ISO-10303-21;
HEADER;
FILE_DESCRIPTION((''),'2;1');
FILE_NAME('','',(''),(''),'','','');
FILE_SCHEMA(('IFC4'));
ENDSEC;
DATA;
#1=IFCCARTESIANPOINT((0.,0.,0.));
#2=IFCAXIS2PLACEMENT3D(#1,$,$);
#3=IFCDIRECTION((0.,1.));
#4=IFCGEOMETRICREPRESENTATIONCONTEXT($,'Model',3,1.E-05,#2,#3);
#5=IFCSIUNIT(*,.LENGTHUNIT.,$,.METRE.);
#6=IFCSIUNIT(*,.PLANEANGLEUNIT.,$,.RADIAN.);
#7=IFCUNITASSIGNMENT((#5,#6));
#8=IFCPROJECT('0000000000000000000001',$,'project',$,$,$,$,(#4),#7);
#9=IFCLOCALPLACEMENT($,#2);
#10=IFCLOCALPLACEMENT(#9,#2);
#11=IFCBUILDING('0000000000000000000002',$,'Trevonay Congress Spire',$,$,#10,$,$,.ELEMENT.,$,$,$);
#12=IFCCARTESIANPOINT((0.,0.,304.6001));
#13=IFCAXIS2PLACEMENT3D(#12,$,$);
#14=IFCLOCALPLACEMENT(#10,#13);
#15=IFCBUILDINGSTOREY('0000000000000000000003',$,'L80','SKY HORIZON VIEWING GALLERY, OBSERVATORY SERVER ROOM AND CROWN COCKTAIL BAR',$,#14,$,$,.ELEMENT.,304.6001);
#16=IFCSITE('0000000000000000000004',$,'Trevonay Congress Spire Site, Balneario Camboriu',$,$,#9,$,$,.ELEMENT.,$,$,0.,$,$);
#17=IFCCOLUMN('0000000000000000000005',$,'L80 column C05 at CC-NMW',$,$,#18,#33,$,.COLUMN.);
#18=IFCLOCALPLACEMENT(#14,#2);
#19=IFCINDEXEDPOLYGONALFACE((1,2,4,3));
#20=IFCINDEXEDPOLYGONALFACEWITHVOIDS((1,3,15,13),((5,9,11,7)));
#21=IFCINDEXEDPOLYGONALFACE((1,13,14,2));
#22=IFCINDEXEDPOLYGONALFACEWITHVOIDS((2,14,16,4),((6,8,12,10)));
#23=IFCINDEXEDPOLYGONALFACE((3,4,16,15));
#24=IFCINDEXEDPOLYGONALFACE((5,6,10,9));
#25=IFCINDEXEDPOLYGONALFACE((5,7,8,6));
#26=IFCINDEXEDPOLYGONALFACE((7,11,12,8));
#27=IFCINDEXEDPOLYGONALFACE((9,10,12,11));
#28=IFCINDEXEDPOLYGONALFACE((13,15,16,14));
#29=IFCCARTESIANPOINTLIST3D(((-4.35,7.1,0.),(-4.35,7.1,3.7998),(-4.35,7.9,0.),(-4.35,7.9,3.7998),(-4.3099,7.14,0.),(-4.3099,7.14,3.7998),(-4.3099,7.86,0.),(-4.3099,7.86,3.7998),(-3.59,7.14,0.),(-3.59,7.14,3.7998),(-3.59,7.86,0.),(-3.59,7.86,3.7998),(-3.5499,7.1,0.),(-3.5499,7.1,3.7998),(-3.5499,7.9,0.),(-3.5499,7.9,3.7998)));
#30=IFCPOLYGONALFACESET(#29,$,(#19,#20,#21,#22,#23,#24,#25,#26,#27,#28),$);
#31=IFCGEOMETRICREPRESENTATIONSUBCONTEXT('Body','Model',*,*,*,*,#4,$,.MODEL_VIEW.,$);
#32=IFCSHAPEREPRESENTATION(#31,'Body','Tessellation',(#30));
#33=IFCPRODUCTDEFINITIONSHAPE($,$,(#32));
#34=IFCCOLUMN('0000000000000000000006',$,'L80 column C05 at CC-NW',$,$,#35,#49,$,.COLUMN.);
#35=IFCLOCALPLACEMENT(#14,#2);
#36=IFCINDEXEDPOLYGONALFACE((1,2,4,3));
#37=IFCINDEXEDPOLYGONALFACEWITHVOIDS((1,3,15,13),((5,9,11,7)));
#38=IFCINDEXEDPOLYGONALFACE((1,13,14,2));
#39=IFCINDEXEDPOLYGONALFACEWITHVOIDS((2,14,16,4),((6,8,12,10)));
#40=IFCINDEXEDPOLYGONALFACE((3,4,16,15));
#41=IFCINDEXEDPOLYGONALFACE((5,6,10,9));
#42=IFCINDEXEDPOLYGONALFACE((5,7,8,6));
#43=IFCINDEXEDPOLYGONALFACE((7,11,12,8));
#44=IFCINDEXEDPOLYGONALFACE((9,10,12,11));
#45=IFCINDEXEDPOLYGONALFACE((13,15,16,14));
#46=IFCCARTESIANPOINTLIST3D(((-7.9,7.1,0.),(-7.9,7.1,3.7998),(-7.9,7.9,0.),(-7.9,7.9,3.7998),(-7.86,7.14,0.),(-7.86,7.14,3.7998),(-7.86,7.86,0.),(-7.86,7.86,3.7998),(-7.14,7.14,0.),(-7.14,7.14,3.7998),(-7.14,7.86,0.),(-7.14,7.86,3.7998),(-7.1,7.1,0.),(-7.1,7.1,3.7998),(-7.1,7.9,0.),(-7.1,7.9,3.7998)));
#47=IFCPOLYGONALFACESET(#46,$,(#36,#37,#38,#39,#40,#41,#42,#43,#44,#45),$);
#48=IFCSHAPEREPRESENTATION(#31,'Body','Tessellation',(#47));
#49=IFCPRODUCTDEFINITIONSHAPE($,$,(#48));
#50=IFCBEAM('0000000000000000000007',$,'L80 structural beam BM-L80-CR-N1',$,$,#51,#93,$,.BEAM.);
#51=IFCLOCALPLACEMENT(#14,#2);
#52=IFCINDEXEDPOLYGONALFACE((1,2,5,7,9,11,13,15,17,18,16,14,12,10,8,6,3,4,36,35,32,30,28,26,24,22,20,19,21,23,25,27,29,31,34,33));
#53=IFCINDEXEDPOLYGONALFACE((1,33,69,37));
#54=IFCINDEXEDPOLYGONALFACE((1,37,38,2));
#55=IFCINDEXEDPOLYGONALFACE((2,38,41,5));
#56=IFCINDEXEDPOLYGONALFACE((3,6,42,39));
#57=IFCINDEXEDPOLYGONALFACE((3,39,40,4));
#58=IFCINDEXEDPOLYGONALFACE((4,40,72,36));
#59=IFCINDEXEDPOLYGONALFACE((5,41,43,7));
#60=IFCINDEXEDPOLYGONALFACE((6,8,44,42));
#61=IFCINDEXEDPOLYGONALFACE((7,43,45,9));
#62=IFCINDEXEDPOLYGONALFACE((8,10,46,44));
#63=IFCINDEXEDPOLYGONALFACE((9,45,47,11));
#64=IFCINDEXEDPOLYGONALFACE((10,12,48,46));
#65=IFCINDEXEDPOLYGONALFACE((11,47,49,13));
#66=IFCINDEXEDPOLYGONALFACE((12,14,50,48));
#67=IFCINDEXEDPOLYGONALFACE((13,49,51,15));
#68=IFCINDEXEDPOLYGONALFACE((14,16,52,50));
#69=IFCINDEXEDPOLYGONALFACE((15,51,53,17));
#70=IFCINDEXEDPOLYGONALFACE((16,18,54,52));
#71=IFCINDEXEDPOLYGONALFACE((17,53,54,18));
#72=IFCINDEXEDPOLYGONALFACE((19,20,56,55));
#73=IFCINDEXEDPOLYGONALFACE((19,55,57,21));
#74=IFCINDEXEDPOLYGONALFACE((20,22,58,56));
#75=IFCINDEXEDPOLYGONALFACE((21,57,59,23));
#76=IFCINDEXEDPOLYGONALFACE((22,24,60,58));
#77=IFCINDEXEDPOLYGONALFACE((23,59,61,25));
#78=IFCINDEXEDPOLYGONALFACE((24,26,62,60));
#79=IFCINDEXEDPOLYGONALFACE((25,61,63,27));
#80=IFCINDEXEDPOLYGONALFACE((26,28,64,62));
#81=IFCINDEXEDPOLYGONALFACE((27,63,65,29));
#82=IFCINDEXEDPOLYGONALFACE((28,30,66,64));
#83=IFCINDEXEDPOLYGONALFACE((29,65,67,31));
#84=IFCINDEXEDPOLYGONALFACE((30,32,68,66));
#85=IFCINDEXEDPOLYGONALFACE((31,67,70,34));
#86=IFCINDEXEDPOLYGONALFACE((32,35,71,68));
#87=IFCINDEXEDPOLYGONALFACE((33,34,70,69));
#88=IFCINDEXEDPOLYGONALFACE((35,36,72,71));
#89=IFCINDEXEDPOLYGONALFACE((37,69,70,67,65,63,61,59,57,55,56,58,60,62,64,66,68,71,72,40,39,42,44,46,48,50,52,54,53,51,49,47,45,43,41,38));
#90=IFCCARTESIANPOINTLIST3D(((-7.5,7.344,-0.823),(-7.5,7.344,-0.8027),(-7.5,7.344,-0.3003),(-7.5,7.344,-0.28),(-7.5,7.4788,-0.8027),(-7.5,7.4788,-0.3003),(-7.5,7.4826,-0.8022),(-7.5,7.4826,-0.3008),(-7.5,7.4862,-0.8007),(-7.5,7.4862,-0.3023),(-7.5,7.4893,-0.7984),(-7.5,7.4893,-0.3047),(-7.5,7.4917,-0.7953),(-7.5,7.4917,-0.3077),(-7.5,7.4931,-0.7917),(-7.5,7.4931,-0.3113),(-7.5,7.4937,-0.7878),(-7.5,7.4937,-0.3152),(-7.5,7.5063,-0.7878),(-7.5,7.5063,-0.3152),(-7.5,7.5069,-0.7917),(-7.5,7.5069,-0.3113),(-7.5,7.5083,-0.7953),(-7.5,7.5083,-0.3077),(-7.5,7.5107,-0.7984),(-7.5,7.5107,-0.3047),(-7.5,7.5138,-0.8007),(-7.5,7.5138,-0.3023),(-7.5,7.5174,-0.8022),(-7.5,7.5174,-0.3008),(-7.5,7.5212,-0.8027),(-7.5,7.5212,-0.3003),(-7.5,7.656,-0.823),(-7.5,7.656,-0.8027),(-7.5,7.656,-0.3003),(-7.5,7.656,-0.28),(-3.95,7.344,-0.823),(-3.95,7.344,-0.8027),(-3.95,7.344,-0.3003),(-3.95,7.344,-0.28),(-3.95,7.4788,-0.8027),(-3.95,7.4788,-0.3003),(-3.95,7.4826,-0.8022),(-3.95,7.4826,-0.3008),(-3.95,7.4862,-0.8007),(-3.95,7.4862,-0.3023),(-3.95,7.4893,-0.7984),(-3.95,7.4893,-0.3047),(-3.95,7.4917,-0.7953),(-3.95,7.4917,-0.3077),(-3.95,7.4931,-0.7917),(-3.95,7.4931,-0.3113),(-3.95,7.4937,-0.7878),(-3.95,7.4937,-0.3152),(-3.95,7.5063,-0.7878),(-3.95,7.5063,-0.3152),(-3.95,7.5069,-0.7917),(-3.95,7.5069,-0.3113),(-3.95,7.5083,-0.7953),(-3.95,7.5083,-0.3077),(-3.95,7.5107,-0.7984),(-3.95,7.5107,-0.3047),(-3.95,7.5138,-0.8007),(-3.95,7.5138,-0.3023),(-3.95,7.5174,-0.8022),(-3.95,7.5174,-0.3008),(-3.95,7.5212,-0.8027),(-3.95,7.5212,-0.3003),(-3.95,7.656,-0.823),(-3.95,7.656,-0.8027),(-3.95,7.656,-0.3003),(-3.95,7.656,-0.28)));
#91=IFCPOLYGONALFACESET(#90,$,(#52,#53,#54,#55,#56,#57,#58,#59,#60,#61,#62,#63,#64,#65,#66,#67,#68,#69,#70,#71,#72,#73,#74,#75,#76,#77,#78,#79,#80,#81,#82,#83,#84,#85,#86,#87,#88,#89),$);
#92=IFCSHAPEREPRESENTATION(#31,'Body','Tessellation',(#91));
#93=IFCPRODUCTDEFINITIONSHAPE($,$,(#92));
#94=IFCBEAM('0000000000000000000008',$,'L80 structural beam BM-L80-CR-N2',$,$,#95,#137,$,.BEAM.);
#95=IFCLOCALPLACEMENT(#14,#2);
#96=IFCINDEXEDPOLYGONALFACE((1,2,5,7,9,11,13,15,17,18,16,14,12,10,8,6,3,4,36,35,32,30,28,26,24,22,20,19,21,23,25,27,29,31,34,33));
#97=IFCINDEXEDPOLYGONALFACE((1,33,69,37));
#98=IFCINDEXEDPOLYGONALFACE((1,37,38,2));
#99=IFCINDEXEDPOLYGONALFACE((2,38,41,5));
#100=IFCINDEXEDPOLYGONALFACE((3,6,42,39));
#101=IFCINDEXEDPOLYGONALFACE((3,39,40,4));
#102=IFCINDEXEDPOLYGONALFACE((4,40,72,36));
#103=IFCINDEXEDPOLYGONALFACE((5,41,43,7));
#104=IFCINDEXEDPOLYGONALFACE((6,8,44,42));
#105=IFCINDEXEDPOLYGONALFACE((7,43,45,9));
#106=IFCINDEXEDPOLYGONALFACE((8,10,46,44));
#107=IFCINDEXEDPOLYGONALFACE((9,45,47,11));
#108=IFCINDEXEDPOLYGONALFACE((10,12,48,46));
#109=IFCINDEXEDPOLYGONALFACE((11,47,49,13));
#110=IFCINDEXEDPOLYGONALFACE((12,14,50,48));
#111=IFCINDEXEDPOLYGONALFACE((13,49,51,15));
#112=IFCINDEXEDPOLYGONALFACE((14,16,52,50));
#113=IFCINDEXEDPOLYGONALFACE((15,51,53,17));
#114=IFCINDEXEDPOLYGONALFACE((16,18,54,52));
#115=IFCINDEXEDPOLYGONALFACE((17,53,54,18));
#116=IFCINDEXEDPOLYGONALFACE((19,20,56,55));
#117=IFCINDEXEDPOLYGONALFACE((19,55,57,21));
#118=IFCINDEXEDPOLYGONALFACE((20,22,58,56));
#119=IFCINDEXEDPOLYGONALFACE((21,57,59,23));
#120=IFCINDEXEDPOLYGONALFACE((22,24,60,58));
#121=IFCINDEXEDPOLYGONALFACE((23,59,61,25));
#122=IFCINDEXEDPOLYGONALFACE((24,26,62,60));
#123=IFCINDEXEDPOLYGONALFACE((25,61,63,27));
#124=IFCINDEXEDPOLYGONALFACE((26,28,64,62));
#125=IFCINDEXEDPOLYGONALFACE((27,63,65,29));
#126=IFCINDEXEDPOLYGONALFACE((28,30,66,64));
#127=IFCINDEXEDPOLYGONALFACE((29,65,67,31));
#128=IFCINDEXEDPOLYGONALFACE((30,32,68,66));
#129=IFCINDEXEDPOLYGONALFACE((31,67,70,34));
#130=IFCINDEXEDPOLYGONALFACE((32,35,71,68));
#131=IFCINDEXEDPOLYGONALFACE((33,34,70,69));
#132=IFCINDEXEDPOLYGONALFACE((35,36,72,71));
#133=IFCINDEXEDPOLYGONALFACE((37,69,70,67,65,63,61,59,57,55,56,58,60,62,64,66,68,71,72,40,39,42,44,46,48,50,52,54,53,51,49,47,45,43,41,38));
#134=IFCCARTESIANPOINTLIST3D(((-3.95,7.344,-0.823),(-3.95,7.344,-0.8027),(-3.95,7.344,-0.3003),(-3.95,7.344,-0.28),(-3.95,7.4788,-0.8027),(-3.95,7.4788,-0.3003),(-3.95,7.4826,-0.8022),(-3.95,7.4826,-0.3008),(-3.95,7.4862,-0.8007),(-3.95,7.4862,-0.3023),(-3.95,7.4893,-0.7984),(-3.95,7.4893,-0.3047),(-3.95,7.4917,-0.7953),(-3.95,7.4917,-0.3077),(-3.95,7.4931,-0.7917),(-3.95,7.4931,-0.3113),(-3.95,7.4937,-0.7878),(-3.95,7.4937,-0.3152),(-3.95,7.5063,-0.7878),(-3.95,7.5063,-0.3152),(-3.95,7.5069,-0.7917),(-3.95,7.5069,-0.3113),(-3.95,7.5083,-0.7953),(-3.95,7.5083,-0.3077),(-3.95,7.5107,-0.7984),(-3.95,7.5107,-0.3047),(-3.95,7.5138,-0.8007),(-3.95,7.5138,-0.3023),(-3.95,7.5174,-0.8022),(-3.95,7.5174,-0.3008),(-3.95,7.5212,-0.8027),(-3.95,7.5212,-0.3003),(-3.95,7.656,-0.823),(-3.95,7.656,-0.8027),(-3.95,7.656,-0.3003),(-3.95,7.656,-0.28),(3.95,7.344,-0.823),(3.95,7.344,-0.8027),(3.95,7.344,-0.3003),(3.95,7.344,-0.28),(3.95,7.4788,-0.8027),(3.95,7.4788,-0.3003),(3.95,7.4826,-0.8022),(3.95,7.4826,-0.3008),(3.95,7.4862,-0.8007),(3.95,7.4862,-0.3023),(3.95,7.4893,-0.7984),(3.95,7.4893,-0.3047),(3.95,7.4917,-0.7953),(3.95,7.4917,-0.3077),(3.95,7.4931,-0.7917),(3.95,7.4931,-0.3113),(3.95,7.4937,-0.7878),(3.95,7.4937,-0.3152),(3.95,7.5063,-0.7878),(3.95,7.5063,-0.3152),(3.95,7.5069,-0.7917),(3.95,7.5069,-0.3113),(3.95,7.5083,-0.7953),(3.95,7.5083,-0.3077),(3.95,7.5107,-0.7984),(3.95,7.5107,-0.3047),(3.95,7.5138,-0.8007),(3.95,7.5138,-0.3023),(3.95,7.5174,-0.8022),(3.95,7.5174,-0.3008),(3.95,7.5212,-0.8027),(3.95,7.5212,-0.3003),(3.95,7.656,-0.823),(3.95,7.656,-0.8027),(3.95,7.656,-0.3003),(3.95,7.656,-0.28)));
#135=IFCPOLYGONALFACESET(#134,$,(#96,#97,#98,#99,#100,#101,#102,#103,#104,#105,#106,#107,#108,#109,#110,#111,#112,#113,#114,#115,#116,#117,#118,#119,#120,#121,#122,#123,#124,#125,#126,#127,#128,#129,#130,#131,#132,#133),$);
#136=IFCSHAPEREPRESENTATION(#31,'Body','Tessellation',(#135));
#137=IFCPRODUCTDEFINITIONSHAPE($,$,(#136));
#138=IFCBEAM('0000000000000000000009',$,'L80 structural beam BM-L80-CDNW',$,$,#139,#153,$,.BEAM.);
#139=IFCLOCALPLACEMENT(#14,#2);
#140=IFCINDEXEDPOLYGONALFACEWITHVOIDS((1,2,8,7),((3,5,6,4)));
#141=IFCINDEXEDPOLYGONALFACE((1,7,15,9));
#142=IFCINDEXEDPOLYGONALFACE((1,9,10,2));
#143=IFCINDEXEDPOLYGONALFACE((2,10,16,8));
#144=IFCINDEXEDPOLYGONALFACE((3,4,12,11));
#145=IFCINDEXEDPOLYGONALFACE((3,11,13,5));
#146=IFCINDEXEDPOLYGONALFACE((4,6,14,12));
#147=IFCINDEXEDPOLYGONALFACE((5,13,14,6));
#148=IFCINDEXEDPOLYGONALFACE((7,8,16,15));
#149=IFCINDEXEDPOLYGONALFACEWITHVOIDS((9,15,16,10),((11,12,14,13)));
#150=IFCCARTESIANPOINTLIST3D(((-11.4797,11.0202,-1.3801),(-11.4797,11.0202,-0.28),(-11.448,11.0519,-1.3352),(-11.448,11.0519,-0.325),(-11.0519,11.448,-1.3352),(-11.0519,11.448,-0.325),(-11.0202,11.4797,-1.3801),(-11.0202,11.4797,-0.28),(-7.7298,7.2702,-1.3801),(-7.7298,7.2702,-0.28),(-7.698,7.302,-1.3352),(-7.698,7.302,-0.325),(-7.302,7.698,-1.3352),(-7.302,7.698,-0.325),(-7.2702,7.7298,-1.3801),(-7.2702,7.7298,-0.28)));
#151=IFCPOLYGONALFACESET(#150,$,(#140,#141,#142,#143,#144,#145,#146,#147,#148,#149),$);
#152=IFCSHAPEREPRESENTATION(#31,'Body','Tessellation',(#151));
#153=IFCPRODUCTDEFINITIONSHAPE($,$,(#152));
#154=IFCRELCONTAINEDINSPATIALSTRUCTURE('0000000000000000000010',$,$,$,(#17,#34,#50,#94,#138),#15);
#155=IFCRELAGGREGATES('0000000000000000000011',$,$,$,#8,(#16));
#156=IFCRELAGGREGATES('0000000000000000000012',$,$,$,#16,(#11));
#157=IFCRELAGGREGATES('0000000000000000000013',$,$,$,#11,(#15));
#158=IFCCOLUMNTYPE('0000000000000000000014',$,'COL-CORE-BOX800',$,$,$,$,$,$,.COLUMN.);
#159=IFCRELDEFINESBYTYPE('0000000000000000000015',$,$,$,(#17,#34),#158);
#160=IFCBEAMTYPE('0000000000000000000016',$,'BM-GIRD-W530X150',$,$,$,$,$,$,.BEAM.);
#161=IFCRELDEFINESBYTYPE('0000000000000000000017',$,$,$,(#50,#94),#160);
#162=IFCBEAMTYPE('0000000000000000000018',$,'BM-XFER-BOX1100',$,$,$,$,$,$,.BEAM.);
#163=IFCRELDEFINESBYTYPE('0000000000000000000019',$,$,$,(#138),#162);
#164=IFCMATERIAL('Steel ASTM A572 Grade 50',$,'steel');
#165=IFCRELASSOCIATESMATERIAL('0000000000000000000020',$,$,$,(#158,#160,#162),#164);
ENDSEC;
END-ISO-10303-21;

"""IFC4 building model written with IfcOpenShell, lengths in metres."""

from ifc_helpers import new_model, si_unit, direction, frame, origin, origin_2d, place, context, subcontext, project, spatial, hollow_rectangle, i_section, extrude, material, material_profile, profile_set, type_object, element, save


model = new_model("IFC4")

# Units and contexts
model_context = context("Model", 3, precision=1e-05, world=origin(), true_north=direction((0.0, 1.0)))
body_context = subcontext(model_context, "Body", "Model", "MODEL_VIEW")
ifc_project = project(units=[si_unit("LENGTHUNIT", "METRE"), si_unit("PLANEANGLEUNIT", "RADIAN")], contexts=[model_context])

# Site, building, storey
site_placement = place(None, origin())
site = spatial("IfcSite", under=ifc_project, at=site_placement, Name="Trevonay Congress Spire Site, Balneario Camboriu", CompositionType="ELEMENT", RefElevation=0.0)
building_placement = place(site_placement, origin())
building = spatial("IfcBuilding", under=site, at=building_placement, Name="Trevonay Congress Spire", CompositionType="ELEMENT")
storey_placement = place(building_placement, frame((0.0, 0.0, 304.6001)))
storey = spatial("IfcBuildingStorey", under=building, at=storey_placement, Name="L80", Description="SKY HORIZON VIEWING GALLERY, OBSERVATORY SERVER ROOM AND CROWN COCKTAIL BAR", CompositionType="ELEMENT", Elevation=304.6001)

# Columns
ifc_material_1 = material(Name="Steel ASTM A572 Grade 50", Category="steel")
ifc_material_profile_1 = material_profile(ifc_material_1, hollow_rectangle(XDim=0.8, YDim=0.8, WallThickness=0.04, at=origin_2d()), Name="BOX 800x800x40")
ifc_profile_set_1 = profile_set([ifc_material_profile_1], Name="Steel ASTM A572 Grade 50")
column_type = type_object("IfcColumnType", Name="COL-CORE-BOX800", PredefinedType="COLUMN", material=ifc_profile_set_1)
for number, where, z_axis, x_axis, name in (
    (1, (-3.95, 7.5, 0.0), (0.0, 0.0, 1.0), (1.0, 0.0, 0.0), "L80 column C05 at CC-NMW"),
    (2, (-7.5, 7.5, 0.0), (0.0, 0.0, 1.0), (1.0, 0.0, 0.0), "L80 column C05 at CC-NW"),
):
    element("IfcColumn", number, at=place(storey_placement, frame(where, z_axis=z_axis, x_axis=x_axis)), inside=storey, type_object=column_type, Name=name, PredefinedType="COLUMN", context=body_context, shape_type="SweptSolid", body=[
        extrude(hollow_rectangle(XDim=0.8, YDim=0.8, WallThickness=0.04, at=origin_2d()), origin(), (0.0, 0.0, 1.0), 3.7998),
    ])

# Beams
ifc_material_profile_2 = material_profile(ifc_material_1, i_section(OverallWidth=0.312, OverallDepth=0.543, WebThickness=0.0127, FlangeThickness=0.0203, FilletRadius=0.0149, at=origin_2d()), Name="W530x150")
ifc_profile_set_2 = profile_set([ifc_material_profile_2], Name="Steel ASTM A572 Grade 50")
beam_type_1 = type_object("IfcBeamType", Name="BM-GIRD-W530X150", PredefinedType="BEAM", material=ifc_profile_set_2)
beam_1_placement = place(storey_placement, frame((-7.5, 7.5, -0.5515), z_axis=(1.0, 0.0, 0.0), x_axis=(0.0, 1.0, 0.0)))
element("IfcBeam", 3, at=beam_1_placement, inside=storey, type_object=beam_type_1, Name="L80 structural beam BM-L80-CR-N1", PredefinedType="BEAM", context=body_context, shape_type="SweptSolid", body=[
    extrude(i_section(OverallWidth=0.312, OverallDepth=0.543, WebThickness=0.0127, FlangeThickness=0.0203, FilletRadius=0.0149, at=origin_2d()), origin(), (0.0, 0.0, 1.0), 3.55),
])
beam_2_placement = place(storey_placement, frame((-3.95, 7.5, -0.5515), z_axis=(1.0, 0.0, 0.0), x_axis=(0.0, 1.0, 0.0)))
element("IfcBeam", 4, at=beam_2_placement, inside=storey, type_object=beam_type_1, Name="L80 structural beam BM-L80-CR-N2", PredefinedType="BEAM", context=body_context, shape_type="SweptSolid", body=[
    extrude(i_section(OverallWidth=0.312, OverallDepth=0.543, WebThickness=0.0127, FlangeThickness=0.0203, FilletRadius=0.0149, at=origin_2d()), origin(), (0.0, 0.0, 1.0), 7.8999),
])
ifc_material_profile_3 = material_profile(ifc_material_1, hollow_rectangle(XDim=0.6499, YDim=1.1001, WallThickness=0.0449, at=origin_2d()), Name="BOX 1100x650x45")
ifc_profile_set_3 = profile_set([ifc_material_profile_3], Name="Steel ASTM A572 Grade 50")
beam_type_2 = type_object("IfcBeamType", Name="BM-XFER-BOX1100", PredefinedType="BEAM", material=ifc_profile_set_3)
beam_3_placement = place(storey_placement, frame((-7.5, 7.5, -0.8301), z_axis=(-0.707107, 0.707107, 0.0), x_axis=(-0.707107, -0.707107, 0.0)))
element("IfcBeam", 5, at=beam_3_placement, inside=storey, type_object=beam_type_2, Name="L80 structural beam BM-L80-CDNW", PredefinedType="BEAM", context=body_context, shape_type="SweptSolid", body=[
    extrude(hollow_rectangle(XDim=0.6499, YDim=1.1001, WallThickness=0.0449, at=origin_2d()), origin(), (0.0, 0.0, 1.0), 5.3032),
])

save(model, "model.ifc")
